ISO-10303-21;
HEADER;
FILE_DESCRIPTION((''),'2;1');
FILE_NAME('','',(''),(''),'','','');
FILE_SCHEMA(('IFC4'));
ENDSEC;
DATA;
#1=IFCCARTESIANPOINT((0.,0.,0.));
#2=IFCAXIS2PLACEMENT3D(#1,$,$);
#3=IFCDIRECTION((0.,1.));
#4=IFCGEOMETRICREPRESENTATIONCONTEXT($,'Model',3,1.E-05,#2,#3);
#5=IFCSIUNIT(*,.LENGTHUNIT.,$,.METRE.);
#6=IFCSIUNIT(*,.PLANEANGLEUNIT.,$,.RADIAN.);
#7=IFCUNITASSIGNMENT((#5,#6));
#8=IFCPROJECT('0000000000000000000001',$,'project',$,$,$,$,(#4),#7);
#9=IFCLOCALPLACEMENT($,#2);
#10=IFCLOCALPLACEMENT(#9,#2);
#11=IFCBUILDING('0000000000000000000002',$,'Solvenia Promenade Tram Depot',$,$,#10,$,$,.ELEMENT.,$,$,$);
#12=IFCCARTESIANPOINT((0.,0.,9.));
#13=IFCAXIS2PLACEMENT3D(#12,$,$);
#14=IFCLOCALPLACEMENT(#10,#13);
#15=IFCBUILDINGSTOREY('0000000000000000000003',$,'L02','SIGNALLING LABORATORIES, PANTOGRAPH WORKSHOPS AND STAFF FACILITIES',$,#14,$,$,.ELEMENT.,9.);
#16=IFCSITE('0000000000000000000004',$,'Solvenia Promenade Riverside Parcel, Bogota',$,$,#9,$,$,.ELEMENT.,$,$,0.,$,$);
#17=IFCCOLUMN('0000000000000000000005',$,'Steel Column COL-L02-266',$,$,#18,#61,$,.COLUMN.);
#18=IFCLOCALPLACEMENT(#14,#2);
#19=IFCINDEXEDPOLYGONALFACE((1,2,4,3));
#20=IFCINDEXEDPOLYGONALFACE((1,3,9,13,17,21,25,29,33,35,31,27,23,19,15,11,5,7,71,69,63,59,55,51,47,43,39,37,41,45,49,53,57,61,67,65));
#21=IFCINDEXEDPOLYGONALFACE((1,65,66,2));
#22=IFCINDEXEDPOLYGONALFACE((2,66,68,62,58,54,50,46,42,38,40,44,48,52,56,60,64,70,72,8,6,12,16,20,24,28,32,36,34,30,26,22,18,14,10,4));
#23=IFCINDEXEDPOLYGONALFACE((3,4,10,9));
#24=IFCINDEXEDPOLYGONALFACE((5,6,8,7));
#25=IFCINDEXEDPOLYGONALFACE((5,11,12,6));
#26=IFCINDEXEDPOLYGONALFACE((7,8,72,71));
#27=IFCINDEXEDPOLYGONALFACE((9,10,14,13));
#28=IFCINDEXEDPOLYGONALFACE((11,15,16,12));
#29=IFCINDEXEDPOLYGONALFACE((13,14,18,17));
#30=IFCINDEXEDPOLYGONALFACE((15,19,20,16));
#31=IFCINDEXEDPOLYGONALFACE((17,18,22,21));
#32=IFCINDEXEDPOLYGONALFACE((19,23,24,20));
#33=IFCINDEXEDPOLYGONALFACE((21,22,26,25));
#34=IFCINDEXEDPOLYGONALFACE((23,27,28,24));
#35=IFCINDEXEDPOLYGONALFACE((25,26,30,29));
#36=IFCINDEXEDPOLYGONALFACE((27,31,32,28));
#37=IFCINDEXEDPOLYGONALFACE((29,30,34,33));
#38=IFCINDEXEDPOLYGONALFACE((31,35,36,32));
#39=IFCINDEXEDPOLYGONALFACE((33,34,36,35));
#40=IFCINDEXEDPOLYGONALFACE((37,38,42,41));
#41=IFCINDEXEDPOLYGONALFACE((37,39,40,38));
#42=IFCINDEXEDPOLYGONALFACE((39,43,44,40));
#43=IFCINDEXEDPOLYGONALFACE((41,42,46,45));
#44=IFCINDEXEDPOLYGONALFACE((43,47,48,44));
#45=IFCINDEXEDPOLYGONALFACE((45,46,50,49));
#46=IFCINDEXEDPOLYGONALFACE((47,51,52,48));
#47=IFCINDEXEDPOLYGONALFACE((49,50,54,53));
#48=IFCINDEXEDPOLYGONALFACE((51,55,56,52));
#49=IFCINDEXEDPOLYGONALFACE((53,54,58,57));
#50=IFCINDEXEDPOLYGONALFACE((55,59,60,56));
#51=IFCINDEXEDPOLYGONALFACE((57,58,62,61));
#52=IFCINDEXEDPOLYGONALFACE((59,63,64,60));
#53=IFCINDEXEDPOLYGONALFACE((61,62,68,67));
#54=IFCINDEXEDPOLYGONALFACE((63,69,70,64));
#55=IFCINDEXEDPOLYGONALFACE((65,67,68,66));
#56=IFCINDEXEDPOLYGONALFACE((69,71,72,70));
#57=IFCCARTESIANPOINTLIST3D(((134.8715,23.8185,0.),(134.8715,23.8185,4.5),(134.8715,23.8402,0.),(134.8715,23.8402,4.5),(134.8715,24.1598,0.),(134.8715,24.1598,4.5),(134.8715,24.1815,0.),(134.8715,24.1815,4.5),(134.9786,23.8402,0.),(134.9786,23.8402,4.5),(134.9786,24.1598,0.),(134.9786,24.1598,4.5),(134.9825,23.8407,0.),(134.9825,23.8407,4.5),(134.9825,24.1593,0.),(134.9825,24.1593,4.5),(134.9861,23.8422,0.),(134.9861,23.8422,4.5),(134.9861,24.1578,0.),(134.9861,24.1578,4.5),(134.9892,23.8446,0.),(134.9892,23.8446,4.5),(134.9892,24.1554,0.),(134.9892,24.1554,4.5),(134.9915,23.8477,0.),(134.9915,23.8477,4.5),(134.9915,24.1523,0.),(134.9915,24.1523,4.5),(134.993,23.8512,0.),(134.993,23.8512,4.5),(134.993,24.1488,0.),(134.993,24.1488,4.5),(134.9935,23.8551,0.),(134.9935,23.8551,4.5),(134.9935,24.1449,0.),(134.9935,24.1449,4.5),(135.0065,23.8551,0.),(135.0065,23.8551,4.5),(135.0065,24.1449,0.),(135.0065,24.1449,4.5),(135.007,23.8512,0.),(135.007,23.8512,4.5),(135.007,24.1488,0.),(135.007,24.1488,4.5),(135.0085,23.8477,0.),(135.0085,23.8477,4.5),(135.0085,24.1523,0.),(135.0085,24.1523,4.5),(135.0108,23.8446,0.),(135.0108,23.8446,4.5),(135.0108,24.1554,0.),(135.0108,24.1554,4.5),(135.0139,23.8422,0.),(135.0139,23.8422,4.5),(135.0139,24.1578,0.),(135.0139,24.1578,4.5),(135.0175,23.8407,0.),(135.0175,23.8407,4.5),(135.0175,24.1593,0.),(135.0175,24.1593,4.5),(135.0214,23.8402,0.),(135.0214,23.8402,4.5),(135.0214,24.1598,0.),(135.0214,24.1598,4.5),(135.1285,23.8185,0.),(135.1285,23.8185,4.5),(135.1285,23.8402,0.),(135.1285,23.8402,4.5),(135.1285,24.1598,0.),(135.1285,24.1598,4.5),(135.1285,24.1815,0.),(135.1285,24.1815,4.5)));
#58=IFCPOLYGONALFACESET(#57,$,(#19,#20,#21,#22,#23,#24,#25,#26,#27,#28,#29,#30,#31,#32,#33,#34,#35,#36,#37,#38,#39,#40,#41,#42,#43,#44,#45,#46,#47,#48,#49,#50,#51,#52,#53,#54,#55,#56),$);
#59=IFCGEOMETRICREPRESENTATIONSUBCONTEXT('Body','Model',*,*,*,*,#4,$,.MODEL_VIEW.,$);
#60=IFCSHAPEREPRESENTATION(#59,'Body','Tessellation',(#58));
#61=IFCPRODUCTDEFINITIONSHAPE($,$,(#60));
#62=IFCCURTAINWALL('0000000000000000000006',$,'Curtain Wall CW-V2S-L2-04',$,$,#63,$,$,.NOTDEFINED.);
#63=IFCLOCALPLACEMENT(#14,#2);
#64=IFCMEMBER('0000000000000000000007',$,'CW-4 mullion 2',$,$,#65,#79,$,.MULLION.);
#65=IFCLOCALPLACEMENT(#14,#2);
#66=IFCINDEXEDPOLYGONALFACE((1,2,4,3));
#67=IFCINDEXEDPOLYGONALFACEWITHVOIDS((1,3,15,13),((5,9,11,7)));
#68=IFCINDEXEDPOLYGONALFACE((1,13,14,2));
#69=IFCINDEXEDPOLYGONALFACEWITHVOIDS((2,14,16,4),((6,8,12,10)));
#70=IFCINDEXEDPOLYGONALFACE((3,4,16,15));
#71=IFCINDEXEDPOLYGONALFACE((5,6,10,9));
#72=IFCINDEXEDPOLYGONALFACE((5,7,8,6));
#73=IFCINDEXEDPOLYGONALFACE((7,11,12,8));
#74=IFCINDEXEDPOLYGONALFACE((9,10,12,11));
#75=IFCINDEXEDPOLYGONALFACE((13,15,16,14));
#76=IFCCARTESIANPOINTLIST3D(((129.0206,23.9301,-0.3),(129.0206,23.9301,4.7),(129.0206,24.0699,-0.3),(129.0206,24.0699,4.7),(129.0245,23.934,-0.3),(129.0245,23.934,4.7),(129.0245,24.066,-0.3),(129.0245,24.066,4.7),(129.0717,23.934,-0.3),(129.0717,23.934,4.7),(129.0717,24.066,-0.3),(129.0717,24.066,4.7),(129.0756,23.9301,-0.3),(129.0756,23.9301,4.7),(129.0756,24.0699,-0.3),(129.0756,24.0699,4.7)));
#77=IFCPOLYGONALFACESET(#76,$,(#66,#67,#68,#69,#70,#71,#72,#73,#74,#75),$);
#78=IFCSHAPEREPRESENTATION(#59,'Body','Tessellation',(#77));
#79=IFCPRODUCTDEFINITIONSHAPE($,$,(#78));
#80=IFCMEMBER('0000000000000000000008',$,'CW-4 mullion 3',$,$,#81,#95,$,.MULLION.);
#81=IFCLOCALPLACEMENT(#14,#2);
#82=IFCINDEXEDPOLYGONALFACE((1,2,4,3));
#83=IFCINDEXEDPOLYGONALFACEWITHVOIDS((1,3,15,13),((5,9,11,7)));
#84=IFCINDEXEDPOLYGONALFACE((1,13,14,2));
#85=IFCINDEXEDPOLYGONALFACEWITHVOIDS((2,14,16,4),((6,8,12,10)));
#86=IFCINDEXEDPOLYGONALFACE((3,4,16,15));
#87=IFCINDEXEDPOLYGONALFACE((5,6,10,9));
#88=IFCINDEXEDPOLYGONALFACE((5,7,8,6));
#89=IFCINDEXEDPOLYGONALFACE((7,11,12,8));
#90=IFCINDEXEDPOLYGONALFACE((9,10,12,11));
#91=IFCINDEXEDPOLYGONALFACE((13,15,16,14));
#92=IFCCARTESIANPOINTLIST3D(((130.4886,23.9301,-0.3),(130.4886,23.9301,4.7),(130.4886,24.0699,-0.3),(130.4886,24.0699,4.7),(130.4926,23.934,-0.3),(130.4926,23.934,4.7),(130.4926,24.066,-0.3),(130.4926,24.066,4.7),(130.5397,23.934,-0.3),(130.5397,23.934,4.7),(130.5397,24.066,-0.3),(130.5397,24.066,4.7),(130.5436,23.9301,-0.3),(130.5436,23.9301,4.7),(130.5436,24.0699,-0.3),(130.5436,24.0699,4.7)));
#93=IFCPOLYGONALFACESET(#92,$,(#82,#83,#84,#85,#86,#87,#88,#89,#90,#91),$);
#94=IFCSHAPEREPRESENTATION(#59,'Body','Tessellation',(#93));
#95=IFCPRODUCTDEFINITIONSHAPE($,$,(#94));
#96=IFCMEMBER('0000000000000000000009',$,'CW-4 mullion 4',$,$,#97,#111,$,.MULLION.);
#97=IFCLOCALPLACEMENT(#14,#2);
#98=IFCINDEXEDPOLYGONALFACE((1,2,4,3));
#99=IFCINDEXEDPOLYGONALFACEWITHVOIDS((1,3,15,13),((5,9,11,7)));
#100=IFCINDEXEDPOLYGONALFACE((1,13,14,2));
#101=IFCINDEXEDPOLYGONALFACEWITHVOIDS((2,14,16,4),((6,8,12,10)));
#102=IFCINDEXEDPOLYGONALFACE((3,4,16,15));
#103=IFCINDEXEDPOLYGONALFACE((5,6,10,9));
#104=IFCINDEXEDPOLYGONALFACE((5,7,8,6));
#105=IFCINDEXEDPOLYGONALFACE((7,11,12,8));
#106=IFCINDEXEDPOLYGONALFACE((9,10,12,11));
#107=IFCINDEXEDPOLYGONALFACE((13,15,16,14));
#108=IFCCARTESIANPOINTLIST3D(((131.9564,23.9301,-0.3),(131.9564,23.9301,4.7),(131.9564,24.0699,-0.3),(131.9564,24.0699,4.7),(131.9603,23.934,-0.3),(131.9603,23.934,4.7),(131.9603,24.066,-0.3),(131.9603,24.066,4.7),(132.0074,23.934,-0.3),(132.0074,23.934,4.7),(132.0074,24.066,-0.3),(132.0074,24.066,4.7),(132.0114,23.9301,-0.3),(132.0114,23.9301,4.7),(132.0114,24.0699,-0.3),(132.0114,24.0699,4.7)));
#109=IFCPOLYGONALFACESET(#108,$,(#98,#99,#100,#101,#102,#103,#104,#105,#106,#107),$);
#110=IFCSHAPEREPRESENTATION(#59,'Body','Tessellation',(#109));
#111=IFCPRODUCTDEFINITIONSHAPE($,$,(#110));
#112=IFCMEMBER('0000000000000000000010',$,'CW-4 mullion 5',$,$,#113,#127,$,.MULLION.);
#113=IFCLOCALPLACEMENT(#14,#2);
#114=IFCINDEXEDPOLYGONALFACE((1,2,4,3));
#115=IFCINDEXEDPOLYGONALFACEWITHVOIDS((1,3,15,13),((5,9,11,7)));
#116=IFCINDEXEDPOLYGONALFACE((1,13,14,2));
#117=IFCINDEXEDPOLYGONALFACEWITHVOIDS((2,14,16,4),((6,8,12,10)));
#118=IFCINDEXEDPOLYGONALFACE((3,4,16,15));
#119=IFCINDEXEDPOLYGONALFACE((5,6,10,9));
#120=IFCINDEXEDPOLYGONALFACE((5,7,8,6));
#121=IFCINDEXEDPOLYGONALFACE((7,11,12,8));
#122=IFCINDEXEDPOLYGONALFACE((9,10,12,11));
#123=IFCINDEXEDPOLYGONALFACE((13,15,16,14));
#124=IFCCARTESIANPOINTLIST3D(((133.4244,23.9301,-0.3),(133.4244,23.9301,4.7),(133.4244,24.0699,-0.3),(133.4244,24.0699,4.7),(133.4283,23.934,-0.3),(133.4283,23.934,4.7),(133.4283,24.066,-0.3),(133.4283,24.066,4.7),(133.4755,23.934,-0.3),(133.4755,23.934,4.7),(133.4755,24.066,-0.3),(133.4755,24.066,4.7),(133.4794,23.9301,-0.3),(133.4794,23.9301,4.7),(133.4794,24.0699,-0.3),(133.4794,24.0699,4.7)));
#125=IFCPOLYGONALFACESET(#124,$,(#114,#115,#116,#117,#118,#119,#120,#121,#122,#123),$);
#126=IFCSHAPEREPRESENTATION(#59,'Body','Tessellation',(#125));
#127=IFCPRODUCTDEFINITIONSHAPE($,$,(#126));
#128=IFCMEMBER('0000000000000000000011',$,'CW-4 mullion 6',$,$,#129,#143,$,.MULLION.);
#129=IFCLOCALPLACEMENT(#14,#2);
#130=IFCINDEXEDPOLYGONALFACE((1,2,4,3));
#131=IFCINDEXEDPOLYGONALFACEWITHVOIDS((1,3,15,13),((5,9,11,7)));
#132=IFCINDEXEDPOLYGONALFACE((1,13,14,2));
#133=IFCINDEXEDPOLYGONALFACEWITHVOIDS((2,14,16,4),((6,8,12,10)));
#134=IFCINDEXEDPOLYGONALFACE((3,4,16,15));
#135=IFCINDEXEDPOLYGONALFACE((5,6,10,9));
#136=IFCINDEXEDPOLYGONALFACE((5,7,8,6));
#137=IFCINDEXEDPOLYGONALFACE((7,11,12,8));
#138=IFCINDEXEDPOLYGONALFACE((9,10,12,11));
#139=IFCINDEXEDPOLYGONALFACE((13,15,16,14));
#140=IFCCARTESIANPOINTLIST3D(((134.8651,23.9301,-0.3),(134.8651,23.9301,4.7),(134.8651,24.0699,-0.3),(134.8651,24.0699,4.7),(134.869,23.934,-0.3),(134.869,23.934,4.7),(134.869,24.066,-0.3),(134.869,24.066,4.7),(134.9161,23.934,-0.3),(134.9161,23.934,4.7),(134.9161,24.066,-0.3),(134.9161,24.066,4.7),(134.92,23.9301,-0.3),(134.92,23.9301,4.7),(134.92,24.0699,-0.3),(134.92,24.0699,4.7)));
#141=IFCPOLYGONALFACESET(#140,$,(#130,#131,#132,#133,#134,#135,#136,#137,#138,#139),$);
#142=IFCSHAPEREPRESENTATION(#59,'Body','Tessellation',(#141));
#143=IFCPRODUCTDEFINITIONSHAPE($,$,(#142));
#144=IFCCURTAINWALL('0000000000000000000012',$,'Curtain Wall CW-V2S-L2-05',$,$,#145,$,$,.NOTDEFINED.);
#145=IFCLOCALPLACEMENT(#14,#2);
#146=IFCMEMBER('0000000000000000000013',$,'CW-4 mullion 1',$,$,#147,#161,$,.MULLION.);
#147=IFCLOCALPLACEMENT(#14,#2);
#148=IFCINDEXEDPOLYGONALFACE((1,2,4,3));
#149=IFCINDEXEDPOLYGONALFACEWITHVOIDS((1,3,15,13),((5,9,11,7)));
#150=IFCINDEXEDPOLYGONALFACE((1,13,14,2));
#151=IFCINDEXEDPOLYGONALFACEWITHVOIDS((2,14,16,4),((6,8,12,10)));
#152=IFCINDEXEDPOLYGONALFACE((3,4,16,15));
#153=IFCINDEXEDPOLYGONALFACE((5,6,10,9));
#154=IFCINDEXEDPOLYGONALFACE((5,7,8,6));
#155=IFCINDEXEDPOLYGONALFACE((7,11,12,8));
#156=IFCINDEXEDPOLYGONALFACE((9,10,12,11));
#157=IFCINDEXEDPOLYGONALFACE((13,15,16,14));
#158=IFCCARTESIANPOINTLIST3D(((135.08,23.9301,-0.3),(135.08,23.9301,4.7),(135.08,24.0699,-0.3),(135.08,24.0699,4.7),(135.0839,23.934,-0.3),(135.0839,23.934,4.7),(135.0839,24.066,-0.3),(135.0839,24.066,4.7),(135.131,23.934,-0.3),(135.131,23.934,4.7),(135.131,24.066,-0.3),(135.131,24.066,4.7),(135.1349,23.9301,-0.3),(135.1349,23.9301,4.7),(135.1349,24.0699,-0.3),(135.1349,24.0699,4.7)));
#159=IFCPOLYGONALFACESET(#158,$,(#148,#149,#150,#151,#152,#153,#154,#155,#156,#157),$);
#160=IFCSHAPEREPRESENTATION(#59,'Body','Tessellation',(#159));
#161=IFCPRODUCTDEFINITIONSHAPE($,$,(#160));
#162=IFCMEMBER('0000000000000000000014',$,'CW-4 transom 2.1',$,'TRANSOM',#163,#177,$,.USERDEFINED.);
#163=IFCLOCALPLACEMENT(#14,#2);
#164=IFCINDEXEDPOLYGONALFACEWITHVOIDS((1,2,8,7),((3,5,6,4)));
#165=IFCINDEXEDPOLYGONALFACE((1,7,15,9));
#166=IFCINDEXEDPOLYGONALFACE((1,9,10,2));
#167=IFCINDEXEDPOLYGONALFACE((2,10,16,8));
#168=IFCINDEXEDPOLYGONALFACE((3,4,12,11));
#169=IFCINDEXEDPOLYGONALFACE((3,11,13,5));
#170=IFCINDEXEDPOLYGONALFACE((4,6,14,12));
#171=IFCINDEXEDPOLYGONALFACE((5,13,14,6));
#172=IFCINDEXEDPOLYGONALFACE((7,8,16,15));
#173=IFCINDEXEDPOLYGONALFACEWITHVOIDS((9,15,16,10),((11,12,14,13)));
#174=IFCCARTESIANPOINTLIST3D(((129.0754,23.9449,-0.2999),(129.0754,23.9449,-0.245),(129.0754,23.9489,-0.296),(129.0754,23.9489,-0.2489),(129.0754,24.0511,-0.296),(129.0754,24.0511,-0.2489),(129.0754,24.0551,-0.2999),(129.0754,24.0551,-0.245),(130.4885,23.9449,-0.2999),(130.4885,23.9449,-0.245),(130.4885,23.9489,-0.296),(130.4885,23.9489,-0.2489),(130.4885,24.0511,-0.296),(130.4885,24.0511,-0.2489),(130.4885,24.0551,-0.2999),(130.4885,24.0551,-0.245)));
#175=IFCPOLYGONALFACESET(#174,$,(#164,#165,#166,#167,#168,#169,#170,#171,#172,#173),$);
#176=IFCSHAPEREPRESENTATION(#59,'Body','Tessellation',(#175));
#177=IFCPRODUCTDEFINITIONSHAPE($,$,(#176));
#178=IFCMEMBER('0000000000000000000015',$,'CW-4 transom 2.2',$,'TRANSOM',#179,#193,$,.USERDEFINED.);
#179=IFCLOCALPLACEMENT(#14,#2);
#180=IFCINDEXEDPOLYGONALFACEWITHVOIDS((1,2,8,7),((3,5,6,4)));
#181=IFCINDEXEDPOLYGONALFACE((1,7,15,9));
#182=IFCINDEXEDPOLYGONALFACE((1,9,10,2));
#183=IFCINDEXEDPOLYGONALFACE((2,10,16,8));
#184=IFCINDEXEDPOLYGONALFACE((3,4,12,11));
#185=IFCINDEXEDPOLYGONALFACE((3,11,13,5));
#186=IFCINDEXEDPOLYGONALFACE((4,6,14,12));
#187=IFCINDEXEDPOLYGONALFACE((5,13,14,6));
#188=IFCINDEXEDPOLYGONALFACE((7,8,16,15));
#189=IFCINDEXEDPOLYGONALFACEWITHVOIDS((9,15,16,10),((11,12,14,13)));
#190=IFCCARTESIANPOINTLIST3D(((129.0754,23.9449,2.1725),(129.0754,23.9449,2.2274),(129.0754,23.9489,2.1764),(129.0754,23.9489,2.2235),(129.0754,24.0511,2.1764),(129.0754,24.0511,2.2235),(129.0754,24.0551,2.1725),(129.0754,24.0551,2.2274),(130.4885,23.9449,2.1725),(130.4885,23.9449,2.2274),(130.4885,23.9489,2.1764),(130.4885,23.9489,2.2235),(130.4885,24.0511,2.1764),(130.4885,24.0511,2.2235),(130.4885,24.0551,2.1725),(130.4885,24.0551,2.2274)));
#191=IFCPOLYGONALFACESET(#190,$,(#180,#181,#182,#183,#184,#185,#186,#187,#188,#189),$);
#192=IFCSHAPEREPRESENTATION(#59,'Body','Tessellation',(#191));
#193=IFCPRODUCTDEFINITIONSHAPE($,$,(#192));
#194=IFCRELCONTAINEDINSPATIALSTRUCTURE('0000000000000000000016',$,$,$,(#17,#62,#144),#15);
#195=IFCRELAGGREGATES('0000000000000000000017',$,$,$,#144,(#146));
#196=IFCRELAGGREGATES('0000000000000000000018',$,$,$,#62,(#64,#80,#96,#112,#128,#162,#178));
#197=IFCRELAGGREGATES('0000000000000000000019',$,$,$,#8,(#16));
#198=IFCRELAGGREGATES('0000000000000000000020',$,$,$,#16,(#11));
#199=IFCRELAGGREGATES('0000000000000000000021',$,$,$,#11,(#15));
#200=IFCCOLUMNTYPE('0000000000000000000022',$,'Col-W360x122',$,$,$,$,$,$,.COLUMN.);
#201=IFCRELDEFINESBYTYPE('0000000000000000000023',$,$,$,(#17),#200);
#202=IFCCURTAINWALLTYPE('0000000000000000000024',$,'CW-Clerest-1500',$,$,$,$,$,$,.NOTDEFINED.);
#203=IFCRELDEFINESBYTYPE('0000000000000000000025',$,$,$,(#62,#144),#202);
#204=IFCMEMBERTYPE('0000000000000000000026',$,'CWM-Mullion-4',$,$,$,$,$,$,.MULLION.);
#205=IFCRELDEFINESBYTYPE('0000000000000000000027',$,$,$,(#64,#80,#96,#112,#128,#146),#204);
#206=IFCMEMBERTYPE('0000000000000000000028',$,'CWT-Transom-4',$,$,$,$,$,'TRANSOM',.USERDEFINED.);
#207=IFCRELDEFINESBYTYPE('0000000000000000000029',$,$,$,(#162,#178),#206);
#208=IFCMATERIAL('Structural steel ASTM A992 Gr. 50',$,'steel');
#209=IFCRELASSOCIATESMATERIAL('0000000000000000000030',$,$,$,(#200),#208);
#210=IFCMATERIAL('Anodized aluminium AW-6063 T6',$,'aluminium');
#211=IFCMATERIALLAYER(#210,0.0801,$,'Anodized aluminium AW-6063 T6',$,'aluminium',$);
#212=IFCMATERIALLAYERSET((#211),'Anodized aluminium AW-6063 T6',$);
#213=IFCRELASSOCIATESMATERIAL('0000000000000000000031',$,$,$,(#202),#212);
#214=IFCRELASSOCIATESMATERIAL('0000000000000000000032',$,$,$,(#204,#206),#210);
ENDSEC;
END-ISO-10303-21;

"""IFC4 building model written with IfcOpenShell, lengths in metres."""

from ifc_helpers import new_model, si_unit, direction, frame, origin, origin_2d, place, context, subcontext, project, spatial, hollow_rectangle, i_section, extrude, material, layer, layer_set, material_profile, profile_set, type_object, element, aggregate, save


model = new_model("IFC4")

# Units and contexts
model_context = context("Model", 3, precision=1e-05, world=origin(), true_north=direction((0.0, 1.0)))
body_context = subcontext(model_context, "Body", "Model", "MODEL_VIEW")
ifc_project = project(units=[si_unit("LENGTHUNIT", "METRE"), si_unit("PLANEANGLEUNIT", "RADIAN")], contexts=[model_context])

# Site, building, storey
site_placement = place(None, origin())
site = spatial("IfcSite", under=ifc_project, at=site_placement, Name="Solvenia Promenade Riverside Parcel, Bogota", CompositionType="ELEMENT", RefElevation=0.0)
building_placement = place(site_placement, origin())
building = spatial("IfcBuilding", under=site, at=building_placement, Name="Solvenia Promenade Tram Depot", CompositionType="ELEMENT")
storey_placement = place(building_placement, frame((0.0, 0.0, 9.0)))
storey = spatial("IfcBuildingStorey", under=building, at=storey_placement, Name="L02", Description="SIGNALLING LABORATORIES, PANTOGRAPH WORKSHOPS AND STAFF FACILITIES", CompositionType="ELEMENT", Elevation=9.0)

# Column
ifc_material_1 = material(Name="Structural steel ASTM A992 Gr. 50", Category="steel")
ifc_material_profile_1 = material_profile(ifc_material_1, i_section(OverallWidth=0.2571, OverallDepth=0.363, WebThickness=0.0129, FlangeThickness=0.0217, FilletRadius=0.0149, at=origin_2d()), Name="W360x122", Category="steel")
ifc_profile_set_1 = profile_set([ifc_material_profile_1], Name="Structural steel ASTM A992 Gr. 50")
column_type = type_object("IfcColumnType", Name="Col-W360x122", PredefinedType="COLUMN", material=ifc_profile_set_1)
column_placement = place(storey_placement, frame((135.0, 24.0, 0.0), z_axis=(0.0, 0.0, 1.0), x_axis=(1.0, 0.0, 0.0)))
element("IfcColumn", 1, at=column_placement, inside=storey, type_object=column_type, Name="Steel Column COL-L02-266", PredefinedType="COLUMN", context=body_context, shape_type="SweptSolid", body=[
    extrude(i_section(OverallWidth=0.2571, OverallDepth=0.363, WebThickness=0.0129, FlangeThickness=0.0217, FilletRadius=0.0149, at=origin_2d()), origin(), (0.0, 0.0, 1.0), 4.5),
])

# Curtain wall, members
ifc_material_2 = material(Name="Anodized aluminium AW-6063 T6", Category="aluminium")
ifc_layer_1 = layer(ifc_material_2, 0.0801, Name="Anodized aluminium AW-6063 T6", Category="aluminium")
ifc_layer_set_1 = layer_set([ifc_layer_1], Name="Anodized aluminium AW-6063 T6")
curtain_wall_type = type_object("IfcCurtainWallType", Name="CW-Clerest-1500", PredefinedType="NOTDEFINED", material=ifc_layer_set_1)
curtain_wall_1_placement = place(storey_placement, origin())
curtain_wall_1 = element("IfcCurtainWall", 2, at=curtain_wall_1_placement, inside=storey, type_object=curtain_wall_type, Name="Curtain Wall CW-V2S-L2-04", PredefinedType="NOTDEFINED")
ifc_material_profile_2 = material_profile(ifc_material_2, hollow_rectangle(XDim=0.1399, YDim=0.0549, WallThickness=0.0039, at=origin_2d()), Name="ALU-M4", Category="aluminium")
ifc_profile_set_2 = profile_set([ifc_material_profile_2], Name="Anodized aluminium AW-6063 T6")
member_type_1 = type_object("IfcMemberType", Name="CWM-Mullion-4", PredefinedType="MULLION", material=ifc_profile_set_2)
member_1_placement = place(storey_placement, frame((129.0481, 24.0, -0.3), z_axis=(0.0, 0.0, 1.0), x_axis=(0.0, 1.0, 0.0)))
member_1 = element("IfcMember", 3, at=member_1_placement, type_object=member_type_1, Name="CW-4 mullion 2", PredefinedType="MULLION", context=body_context, shape_type="SweptSolid", body=[
    extrude(hollow_rectangle(XDim=0.1399, YDim=0.0549, WallThickness=0.0039, at=origin_2d()), origin(), (0.0, 0.0, 1.0), 5.0),
])
member_2_placement = place(storey_placement, frame((130.5161, 24.0, -0.3), z_axis=(0.0, 0.0, 1.0), x_axis=(0.0, 1.0, 0.0)))
member_2 = element("IfcMember", 4, at=member_2_placement, type_object=member_type_1, Name="CW-4 mullion 3", PredefinedType="MULLION", context=body_context, shape_type="SweptSolid", body=[
    extrude(hollow_rectangle(XDim=0.1399, YDim=0.0549, WallThickness=0.0039, at=origin_2d()), origin(), (0.0, 0.0, 1.0), 5.0),
])
member_3_placement = place(storey_placement, frame((131.9839, 24.0, -0.3), z_axis=(0.0, 0.0, 1.0), x_axis=(0.0, 1.0, 0.0)))
member_3 = element("IfcMember", 5, at=member_3_placement, type_object=member_type_1, Name="CW-4 mullion 4", PredefinedType="MULLION", context=body_context, shape_type="SweptSolid", body=[
    extrude(hollow_rectangle(XDim=0.1399, YDim=0.0549, WallThickness=0.0039, at=origin_2d()), origin(), (0.0, 0.0, 1.0), 5.0),
])
member_4_placement = place(storey_placement, frame((133.4519, 24.0, -0.3), z_axis=(0.0, 0.0, 1.0), x_axis=(0.0, 1.0, 0.0)))
member_4 = element("IfcMember", 6, at=member_4_placement, type_object=member_type_1, Name="CW-4 mullion 5", PredefinedType="MULLION", context=body_context, shape_type="SweptSolid", body=[
    extrude(hollow_rectangle(XDim=0.1399, YDim=0.0549, WallThickness=0.0039, at=origin_2d()), origin(), (0.0, 0.0, 1.0), 5.0),
])
member_5_placement = place(storey_placement, frame((134.8926, 24.0, -0.3), z_axis=(0.0, 0.0, 1.0), x_axis=(0.0, 1.0, 0.0)))
member_5 = element("IfcMember", 7, at=member_5_placement, type_object=member_type_1, Name="CW-4 mullion 6", PredefinedType="MULLION", context=body_context, shape_type="SweptSolid", body=[
    extrude(hollow_rectangle(XDim=0.1399, YDim=0.0549, WallThickness=0.0039, at=origin_2d()), origin(), (0.0, 0.0, 1.0), 5.0),
])

# Curtain wall, member
curtain_wall_2_placement = place(storey_placement, origin())
curtain_wall_2 = element("IfcCurtainWall", 8, at=curtain_wall_2_placement, inside=storey, type_object=curtain_wall_type, Name="Curtain Wall CW-V2S-L2-05", PredefinedType="NOTDEFINED")
member_6_placement = place(storey_placement, frame((135.1074, 24.0, -0.3), z_axis=(0.0, 0.0, 1.0), x_axis=(0.0, 1.0, 0.0)))
member_6 = element("IfcMember", 9, at=member_6_placement, type_object=member_type_1, Name="CW-4 mullion 1", PredefinedType="MULLION", context=body_context, shape_type="SweptSolid", body=[
    extrude(hollow_rectangle(XDim=0.1399, YDim=0.0549, WallThickness=0.0039, at=origin_2d()), origin(), (0.0, 0.0, 1.0), 5.0),
])

# Members
ifc_material_profile_3 = material_profile(ifc_material_2, hollow_rectangle(XDim=0.1101, YDim=0.0549, WallThickness=0.0039, at=origin_2d()), Name="ALU-T4", Category="aluminium")
ifc_profile_set_3 = profile_set([ifc_material_profile_3], Name="Anodized aluminium AW-6063 T6")
member_type_2 = type_object("IfcMemberType", Name="CWT-Transom-4", ElementType="TRANSOM", PredefinedType="USERDEFINED", material=ifc_profile_set_3)
member_7_placement = place(storey_placement, frame((129.0754, 24.0, -0.2725), z_axis=(1.0, 0.0, 0.0), x_axis=(0.0, 1.0, 0.0)))
member_7 = element("IfcMember", 10, at=member_7_placement, type_object=member_type_2, Name="CW-4 transom 2.1", ObjectType="TRANSOM", PredefinedType="USERDEFINED", context=body_context, shape_type="SweptSolid", body=[
    extrude(hollow_rectangle(XDim=0.1101, YDim=0.0549, WallThickness=0.0039, at=origin_2d()), origin(), (0.0, 0.0, 1.0), 1.4131),
])
member_8_placement = place(storey_placement, frame((129.0754, 24.0, 2.2), z_axis=(1.0, 0.0, 0.0), x_axis=(0.0, 1.0, 0.0)))
member_8 = element("IfcMember", 11, at=member_8_placement, type_object=member_type_2, Name="CW-4 transom 2.2", ObjectType="TRANSOM", PredefinedType="USERDEFINED", context=body_context, shape_type="SweptSolid", body=[
    extrude(hollow_rectangle(XDim=0.1101, YDim=0.0549, WallThickness=0.0039, at=origin_2d()), origin(), (0.0, 0.0, 1.0), 1.4131),
])
aggregate(curtain_wall_2, [member_6])

aggregate(curtain_wall_1, [member_1, member_2, member_3, member_4, member_5, member_7, member_8])

save(model, "model.ifc")
